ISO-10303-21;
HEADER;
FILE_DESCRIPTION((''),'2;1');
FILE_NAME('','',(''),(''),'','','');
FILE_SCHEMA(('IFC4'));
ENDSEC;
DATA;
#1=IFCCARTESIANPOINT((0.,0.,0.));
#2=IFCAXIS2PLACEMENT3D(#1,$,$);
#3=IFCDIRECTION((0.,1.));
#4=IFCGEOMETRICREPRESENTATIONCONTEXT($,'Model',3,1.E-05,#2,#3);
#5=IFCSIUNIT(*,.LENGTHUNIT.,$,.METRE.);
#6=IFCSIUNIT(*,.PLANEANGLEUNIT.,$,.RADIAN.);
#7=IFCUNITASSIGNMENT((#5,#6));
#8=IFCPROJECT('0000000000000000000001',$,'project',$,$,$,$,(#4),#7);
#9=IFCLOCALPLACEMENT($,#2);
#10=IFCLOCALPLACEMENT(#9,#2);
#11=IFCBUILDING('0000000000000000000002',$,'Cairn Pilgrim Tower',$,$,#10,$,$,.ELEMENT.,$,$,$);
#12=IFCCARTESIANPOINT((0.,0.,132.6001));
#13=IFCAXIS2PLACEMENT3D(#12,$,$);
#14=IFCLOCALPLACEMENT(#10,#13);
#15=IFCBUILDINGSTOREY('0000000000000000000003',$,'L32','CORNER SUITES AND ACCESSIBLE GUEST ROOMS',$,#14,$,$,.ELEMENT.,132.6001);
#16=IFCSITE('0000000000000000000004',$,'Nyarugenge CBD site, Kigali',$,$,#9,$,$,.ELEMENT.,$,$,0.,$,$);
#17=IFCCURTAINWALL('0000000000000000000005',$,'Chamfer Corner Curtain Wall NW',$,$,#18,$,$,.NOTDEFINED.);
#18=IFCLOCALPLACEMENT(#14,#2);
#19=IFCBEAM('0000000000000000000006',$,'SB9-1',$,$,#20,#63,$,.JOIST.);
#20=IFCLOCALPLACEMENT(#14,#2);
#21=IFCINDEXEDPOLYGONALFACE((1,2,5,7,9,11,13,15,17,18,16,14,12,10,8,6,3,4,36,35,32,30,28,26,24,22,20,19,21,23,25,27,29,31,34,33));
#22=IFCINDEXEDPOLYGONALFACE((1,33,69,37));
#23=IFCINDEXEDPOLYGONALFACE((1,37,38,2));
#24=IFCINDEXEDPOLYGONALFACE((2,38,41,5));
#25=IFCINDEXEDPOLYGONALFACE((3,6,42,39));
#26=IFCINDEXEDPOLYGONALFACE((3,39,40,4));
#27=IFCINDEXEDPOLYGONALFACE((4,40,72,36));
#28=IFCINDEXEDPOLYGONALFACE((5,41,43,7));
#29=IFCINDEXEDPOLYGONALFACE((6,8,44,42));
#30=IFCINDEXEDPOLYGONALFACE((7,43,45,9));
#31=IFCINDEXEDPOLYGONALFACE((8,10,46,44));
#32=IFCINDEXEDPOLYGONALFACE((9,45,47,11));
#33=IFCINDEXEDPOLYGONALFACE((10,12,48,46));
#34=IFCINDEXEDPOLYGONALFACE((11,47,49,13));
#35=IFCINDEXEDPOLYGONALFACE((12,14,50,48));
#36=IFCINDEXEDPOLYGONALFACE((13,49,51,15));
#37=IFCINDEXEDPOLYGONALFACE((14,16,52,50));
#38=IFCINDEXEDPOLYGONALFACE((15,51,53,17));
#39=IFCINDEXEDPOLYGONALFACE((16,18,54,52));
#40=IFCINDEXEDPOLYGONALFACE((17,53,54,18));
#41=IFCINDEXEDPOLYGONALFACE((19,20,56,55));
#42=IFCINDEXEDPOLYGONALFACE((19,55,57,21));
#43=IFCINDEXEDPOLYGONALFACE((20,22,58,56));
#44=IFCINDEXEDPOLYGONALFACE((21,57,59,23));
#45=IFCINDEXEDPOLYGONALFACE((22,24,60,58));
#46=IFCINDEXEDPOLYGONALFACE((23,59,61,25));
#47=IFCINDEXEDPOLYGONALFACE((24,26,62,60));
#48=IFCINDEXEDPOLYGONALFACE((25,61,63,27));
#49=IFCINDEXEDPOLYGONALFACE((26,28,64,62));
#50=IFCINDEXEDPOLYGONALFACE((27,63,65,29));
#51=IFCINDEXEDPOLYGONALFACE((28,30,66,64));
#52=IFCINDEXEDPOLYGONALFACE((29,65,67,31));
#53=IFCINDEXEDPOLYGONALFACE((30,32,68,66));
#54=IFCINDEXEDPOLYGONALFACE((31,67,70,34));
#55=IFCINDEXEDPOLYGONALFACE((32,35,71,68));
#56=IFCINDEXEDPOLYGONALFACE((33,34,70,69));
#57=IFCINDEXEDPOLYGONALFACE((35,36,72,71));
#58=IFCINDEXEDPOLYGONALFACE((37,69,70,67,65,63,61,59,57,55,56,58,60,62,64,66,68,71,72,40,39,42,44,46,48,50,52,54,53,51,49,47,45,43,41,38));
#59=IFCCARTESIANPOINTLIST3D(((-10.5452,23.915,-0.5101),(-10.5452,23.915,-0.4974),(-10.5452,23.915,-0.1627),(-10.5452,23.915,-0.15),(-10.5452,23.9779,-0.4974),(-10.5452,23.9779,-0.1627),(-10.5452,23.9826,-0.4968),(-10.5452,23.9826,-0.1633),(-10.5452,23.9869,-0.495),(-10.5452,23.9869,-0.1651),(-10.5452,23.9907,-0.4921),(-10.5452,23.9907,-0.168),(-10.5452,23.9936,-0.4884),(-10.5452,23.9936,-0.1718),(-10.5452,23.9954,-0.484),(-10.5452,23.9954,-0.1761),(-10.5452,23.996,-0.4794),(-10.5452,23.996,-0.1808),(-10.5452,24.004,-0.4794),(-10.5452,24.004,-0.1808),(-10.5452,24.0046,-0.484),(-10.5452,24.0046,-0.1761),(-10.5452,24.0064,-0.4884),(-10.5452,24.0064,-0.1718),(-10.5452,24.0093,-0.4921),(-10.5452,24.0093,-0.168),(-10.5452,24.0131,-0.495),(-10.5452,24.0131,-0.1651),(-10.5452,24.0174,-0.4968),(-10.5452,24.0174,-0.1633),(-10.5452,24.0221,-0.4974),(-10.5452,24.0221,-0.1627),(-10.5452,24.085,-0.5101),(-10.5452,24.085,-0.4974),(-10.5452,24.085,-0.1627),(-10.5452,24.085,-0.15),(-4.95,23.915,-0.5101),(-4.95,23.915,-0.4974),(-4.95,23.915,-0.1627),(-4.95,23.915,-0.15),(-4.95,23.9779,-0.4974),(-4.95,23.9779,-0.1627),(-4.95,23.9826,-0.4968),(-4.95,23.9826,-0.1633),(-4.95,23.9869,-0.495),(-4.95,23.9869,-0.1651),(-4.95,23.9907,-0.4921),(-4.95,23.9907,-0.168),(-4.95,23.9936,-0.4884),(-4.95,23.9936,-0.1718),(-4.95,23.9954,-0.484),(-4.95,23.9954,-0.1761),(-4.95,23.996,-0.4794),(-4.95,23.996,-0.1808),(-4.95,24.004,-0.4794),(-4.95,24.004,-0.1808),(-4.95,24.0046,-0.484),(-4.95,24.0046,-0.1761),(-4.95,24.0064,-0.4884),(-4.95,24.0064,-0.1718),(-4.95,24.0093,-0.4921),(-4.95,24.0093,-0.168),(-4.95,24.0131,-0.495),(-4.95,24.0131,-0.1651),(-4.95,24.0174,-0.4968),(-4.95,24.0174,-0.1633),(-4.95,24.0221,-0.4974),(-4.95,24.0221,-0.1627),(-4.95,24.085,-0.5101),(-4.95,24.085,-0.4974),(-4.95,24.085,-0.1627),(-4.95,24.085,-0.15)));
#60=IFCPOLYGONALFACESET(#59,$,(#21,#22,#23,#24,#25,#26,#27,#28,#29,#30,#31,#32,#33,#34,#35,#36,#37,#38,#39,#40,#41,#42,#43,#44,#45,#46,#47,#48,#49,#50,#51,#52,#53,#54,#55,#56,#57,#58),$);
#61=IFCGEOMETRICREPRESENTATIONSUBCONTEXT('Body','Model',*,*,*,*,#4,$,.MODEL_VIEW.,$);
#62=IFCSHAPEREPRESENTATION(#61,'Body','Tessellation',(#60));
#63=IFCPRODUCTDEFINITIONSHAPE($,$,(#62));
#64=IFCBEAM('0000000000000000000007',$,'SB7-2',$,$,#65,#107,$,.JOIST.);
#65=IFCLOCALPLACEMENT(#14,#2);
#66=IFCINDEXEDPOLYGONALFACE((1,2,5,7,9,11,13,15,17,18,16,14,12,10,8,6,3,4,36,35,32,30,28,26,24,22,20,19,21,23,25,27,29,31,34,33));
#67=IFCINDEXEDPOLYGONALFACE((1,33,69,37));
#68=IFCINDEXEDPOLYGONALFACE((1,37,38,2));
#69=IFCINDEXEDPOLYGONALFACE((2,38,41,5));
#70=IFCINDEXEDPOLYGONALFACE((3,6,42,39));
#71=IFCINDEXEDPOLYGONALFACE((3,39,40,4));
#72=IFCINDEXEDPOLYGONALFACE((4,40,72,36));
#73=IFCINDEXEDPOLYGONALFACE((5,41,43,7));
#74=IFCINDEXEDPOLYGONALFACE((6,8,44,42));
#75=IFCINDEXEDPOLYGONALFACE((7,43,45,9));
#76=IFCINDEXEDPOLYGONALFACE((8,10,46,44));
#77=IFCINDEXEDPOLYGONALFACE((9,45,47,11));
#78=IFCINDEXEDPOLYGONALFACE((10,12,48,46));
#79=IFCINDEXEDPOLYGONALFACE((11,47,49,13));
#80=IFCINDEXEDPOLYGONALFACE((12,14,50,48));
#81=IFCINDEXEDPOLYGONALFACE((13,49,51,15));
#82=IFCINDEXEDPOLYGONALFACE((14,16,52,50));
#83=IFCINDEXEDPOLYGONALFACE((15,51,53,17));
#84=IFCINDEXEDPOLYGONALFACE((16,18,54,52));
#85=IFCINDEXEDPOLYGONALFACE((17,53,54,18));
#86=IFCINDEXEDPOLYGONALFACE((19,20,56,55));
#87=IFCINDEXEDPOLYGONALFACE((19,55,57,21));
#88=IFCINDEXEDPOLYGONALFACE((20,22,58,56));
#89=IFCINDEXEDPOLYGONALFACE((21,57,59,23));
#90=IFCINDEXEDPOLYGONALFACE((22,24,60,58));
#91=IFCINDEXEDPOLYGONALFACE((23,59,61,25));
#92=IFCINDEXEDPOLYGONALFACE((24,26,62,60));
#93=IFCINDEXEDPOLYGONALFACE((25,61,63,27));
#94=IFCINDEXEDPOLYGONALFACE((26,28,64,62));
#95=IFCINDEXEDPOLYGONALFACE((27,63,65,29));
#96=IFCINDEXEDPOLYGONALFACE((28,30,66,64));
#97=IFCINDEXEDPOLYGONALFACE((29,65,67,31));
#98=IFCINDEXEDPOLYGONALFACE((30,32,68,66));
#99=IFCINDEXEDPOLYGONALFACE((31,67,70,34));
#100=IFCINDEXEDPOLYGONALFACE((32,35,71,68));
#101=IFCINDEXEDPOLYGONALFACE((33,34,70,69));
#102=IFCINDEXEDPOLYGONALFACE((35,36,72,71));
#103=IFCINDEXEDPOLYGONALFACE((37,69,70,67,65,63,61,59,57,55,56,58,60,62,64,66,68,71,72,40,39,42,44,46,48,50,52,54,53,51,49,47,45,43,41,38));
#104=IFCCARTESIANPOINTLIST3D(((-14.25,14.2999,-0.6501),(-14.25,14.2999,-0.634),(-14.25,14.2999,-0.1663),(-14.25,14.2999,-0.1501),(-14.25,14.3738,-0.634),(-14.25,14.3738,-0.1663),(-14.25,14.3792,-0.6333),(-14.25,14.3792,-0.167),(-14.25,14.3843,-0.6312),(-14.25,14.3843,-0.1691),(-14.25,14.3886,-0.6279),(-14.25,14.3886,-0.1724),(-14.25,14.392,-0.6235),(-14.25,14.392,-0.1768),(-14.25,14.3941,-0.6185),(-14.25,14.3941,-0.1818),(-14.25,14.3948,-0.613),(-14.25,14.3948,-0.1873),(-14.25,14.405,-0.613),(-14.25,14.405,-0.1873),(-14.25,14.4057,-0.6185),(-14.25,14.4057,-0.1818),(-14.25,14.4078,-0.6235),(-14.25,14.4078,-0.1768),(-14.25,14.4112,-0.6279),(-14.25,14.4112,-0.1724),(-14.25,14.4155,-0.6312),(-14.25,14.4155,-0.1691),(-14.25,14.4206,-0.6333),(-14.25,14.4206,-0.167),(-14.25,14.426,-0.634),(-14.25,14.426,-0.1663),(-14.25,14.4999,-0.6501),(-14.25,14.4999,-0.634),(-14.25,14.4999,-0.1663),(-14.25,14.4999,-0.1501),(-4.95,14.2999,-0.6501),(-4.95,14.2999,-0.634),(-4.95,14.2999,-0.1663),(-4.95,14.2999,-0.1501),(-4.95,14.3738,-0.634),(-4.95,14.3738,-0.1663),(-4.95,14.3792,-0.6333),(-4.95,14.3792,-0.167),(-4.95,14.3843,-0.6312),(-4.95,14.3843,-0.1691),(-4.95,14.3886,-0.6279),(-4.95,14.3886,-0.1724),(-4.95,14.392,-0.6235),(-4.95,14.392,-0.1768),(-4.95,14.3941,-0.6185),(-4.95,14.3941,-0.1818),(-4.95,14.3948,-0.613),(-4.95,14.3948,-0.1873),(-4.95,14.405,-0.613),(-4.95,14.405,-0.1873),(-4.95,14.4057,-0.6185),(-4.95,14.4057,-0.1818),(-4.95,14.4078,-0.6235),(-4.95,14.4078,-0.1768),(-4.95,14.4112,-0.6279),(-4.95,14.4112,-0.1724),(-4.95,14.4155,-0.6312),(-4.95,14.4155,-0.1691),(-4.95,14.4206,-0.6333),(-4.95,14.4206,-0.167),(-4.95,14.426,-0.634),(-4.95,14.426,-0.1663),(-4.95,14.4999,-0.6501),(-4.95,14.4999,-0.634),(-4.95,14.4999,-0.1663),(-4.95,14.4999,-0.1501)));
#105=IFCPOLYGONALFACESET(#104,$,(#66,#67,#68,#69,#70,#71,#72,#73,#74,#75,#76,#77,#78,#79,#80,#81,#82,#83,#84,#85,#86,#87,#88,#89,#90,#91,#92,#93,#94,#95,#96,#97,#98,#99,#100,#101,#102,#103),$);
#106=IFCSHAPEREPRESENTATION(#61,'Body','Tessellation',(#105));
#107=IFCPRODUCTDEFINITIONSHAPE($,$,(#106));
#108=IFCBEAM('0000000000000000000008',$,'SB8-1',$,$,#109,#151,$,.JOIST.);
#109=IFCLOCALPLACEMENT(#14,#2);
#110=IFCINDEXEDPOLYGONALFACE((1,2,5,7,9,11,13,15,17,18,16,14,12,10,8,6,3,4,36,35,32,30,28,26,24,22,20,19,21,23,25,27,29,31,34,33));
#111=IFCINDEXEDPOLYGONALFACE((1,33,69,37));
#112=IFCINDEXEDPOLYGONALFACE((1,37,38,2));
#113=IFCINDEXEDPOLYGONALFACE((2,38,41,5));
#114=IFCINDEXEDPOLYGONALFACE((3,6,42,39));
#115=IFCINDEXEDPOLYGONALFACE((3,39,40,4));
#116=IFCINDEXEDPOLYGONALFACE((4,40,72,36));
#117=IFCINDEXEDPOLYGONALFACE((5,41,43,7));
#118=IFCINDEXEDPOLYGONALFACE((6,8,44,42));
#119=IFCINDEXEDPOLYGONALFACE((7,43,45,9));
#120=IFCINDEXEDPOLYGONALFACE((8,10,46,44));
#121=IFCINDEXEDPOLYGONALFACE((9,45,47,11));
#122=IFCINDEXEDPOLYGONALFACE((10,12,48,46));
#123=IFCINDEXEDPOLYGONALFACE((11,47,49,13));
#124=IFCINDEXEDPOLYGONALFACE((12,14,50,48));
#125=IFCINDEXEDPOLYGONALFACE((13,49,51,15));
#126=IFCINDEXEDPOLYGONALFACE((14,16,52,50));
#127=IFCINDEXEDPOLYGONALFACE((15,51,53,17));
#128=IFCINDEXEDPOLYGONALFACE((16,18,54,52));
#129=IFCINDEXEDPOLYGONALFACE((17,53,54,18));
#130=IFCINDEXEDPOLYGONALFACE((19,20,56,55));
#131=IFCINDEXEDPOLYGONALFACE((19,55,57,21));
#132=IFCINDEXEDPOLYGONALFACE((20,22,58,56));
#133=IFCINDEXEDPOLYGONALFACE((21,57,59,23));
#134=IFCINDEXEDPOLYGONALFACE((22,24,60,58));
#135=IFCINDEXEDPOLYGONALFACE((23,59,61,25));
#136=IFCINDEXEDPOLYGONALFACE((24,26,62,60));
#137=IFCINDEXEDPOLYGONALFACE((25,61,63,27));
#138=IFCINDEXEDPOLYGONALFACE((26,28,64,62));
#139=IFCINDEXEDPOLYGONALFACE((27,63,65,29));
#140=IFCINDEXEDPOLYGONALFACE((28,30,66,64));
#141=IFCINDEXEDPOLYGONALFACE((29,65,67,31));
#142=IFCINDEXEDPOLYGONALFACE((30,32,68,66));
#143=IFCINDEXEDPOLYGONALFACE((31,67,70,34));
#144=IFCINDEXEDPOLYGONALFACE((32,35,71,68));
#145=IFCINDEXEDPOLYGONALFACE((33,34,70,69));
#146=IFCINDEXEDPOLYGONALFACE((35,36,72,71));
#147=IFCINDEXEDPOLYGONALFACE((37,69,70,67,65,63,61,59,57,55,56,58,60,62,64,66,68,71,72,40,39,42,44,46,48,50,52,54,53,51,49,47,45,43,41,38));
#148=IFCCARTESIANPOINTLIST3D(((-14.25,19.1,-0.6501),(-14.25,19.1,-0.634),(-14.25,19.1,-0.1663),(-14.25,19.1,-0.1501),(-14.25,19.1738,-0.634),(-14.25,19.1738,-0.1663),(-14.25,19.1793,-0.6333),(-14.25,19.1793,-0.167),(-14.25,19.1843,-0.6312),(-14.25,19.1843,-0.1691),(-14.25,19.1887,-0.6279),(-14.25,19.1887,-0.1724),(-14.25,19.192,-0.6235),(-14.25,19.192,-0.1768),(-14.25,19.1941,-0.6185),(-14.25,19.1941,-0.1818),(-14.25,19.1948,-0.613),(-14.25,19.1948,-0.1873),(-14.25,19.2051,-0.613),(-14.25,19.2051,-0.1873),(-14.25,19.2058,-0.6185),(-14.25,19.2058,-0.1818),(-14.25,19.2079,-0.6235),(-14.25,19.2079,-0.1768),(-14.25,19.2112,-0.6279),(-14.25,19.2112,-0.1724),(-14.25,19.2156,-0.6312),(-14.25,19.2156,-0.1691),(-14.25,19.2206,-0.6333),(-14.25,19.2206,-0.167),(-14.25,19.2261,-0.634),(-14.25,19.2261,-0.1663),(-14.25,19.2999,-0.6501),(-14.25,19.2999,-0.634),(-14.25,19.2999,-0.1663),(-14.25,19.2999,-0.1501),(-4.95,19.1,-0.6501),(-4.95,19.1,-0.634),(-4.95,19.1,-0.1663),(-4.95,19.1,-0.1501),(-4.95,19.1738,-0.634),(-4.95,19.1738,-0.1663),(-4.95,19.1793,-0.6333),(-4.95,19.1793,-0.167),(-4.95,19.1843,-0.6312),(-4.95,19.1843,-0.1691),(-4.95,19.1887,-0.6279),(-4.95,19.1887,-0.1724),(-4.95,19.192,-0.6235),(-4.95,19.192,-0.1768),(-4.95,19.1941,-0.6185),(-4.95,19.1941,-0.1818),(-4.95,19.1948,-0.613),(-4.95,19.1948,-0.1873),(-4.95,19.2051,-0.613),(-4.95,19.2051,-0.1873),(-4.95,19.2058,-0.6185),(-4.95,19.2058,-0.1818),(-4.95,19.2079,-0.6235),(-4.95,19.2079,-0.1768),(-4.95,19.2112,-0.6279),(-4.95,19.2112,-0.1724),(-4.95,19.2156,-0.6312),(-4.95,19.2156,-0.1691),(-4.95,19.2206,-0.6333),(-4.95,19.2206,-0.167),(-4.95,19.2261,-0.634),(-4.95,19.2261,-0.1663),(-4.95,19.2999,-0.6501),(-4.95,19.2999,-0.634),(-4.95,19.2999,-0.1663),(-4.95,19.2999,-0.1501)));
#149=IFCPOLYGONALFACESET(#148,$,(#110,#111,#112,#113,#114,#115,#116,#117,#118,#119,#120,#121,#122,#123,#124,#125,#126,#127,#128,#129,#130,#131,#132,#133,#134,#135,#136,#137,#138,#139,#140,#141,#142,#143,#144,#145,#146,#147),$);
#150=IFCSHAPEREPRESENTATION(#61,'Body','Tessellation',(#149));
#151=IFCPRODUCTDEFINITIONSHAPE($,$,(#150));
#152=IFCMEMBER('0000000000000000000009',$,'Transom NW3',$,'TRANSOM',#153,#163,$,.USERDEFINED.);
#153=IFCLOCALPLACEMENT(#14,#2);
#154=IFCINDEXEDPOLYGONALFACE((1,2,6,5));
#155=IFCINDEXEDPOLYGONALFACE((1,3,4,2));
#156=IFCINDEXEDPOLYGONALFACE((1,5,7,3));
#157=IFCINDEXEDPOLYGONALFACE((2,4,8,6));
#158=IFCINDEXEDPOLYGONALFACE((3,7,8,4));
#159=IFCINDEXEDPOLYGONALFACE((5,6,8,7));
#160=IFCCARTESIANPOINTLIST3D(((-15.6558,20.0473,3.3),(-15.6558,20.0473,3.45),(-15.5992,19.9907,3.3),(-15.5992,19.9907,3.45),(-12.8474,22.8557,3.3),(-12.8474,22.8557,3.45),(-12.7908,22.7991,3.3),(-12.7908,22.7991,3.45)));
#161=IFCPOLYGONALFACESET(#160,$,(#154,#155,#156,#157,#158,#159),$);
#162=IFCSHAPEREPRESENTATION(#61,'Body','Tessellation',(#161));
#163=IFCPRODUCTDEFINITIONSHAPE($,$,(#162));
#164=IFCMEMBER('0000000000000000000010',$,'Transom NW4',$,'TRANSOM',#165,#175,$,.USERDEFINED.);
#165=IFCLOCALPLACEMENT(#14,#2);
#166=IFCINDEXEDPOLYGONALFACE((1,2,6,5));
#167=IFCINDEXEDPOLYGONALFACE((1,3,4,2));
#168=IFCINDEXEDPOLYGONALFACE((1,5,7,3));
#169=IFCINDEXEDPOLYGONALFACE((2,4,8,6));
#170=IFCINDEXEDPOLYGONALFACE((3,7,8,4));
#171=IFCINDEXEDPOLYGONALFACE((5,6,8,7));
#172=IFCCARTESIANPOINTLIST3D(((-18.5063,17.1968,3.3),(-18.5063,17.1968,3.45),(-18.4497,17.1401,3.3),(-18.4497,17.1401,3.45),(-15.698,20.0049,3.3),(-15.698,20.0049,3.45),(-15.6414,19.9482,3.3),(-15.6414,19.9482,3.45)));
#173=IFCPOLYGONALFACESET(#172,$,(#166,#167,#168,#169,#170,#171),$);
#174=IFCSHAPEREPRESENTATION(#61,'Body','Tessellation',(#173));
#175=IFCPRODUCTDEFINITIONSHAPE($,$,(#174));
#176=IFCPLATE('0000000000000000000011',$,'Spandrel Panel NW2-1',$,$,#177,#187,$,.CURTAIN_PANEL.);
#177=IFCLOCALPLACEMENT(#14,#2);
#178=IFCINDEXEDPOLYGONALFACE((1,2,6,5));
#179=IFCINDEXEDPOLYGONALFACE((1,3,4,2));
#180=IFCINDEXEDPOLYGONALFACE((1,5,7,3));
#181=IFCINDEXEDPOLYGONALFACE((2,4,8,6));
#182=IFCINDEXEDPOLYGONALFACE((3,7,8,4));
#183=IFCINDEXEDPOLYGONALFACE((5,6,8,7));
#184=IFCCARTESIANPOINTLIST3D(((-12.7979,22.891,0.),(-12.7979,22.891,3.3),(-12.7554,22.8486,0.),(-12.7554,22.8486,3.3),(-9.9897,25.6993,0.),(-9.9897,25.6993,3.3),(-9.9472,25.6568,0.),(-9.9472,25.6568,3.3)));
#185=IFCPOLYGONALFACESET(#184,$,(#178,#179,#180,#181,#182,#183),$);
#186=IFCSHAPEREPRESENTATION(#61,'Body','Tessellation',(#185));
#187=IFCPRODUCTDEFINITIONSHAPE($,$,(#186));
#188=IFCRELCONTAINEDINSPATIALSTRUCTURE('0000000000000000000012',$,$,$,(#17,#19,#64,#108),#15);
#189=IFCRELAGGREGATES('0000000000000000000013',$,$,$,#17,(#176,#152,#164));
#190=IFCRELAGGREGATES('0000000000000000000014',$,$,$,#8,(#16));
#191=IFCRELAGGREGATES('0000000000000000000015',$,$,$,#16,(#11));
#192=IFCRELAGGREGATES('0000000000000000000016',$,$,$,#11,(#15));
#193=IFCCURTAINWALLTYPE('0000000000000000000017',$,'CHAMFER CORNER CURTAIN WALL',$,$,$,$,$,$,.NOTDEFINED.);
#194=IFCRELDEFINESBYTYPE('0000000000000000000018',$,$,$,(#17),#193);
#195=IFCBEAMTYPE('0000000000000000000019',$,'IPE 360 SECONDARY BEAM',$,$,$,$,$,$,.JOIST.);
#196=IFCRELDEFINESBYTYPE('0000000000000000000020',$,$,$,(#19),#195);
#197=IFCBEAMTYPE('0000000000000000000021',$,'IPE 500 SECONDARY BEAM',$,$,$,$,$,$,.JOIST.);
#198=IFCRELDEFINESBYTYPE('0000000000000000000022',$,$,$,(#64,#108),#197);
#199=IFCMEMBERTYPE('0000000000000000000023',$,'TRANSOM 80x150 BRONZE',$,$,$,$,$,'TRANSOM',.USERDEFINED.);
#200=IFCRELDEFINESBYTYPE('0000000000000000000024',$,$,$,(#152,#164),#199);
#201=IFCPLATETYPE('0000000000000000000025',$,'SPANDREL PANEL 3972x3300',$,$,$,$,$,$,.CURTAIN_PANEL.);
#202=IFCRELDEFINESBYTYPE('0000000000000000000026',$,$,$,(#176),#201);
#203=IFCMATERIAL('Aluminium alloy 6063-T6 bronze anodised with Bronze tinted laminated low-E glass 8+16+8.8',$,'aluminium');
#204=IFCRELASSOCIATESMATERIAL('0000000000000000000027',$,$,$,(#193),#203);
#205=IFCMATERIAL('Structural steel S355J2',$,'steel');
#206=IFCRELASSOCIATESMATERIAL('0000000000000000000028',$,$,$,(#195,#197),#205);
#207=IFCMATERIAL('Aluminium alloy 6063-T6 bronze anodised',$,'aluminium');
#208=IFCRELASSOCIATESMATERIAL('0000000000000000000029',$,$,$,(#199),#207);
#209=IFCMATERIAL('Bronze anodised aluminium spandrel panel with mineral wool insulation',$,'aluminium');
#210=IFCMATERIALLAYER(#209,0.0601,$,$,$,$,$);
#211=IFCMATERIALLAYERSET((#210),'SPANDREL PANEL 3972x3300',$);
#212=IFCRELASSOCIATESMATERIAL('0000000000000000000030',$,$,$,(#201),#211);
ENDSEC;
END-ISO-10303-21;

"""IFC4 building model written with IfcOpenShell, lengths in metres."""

from ifc_helpers import new_model, si_unit, direction, frame, origin, origin_2d, place, context, subcontext, project, spatial, rectangle, i_section, extrude, material, layer, layer_set, material_profile, profile_set, type_object, element, aggregate, save


model = new_model("IFC4")

# Units and contexts
model_context = context("Model", 3, precision=1e-05, world=origin(), true_north=direction((0.0, 1.0)))
body_context = subcontext(model_context, "Body", "Model", "MODEL_VIEW")
ifc_project = project(units=[si_unit("LENGTHUNIT", "METRE"), si_unit("PLANEANGLEUNIT", "RADIAN")], contexts=[model_context])

# Site, building, storey
site_placement = place(None, origin())
site = spatial("IfcSite", under=ifc_project, at=site_placement, Name="Nyarugenge CBD site, Kigali", CompositionType="ELEMENT", RefElevation=0.0)
building_placement = place(site_placement, origin())
building = spatial("IfcBuilding", under=site, at=building_placement, Name="Cairn Pilgrim Tower", CompositionType="ELEMENT")
storey_placement = place(building_placement, frame((0.0, 0.0, 132.6001)))
storey = spatial("IfcBuildingStorey", under=building, at=storey_placement, Name="L32", Description="CORNER SUITES AND ACCESSIBLE GUEST ROOMS", CompositionType="ELEMENT", Elevation=132.6001)

# Shared definitions
ifc_material_1 = material(Name="Structural steel S355J2", Category="steel")

# Curtain wall
ifc_material_2 = material(Name="Aluminium alloy 6063-T6 bronze anodised with Bronze tinted laminated low-E glass 8+16+8.8", Category="aluminium")
curtain_wall_type_1 = type_object("IfcCurtainWallType", Name="CHAMFER CORNER CURTAIN WALL", PredefinedType="NOTDEFINED", material=ifc_material_2)
curtain_wall_1_placement = place(storey_placement, origin())
curtain_wall_1 = element("IfcCurtainWall", 1, at=curtain_wall_1_placement, inside=storey, type_object=curtain_wall_type_1, Name="Chamfer Corner Curtain Wall NW", PredefinedType="NOTDEFINED")
ifc_material_3 = material(Name="Aluminium alloy 6063-T6 bronze anodised", Category="aluminium")

# Beams
ifc_material_profile_1 = material_profile(ifc_material_1, i_section(OverallWidth=0.1699, OverallDepth=0.3601, WebThickness=0.0081, FlangeThickness=0.0127, FilletRadius=0.0181, at=origin_2d()), Name="IPE 360")
ifc_profile_set_1 = profile_set([ifc_material_profile_1], Name="Structural steel S355J2")
beam_type_1 = type_object("IfcBeamType", Name="IPE 360 SECONDARY BEAM", PredefinedType="JOIST", material=ifc_profile_set_1)
beam_1_placement = place(storey_placement, frame((-10.5452, 24.0, -0.3301), z_axis=(1.0, 0.0, 0.0), x_axis=(0.0, 1.0, 0.0)))
element("IfcBeam", 2, at=beam_1_placement, inside=storey, type_object=beam_type_1, Name="SB9-1", PredefinedType="JOIST", context=body_context, shape_type="SweptSolid", body=[
    extrude(i_section(OverallWidth=0.1699, OverallDepth=0.3601, WebThickness=0.0081, FlangeThickness=0.0127, FilletRadius=0.0181, at=origin_2d()), origin(), (0.0, 0.0, 1.0), 5.5952),
])
ifc_material_profile_2 = material_profile(ifc_material_1, i_section(OverallWidth=0.2, OverallDepth=0.5, WebThickness=0.0103, FlangeThickness=0.0161, FilletRadius=0.021, at=origin_2d()), Name="IPE 500")
ifc_profile_set_2 = profile_set([ifc_material_profile_2], Name="Structural steel S355J2")
beam_type_2 = type_object("IfcBeamType", Name="IPE 500 SECONDARY BEAM", PredefinedType="JOIST", material=ifc_profile_set_2)
for number, where, z_axis, x_axis, name in (
    (3, (-14.25, 14.3999, -0.4001), (1.0, 0.0, 0.0), (0.0, 1.0, 0.0), "SB7-2"),
    (4, (-14.25, 19.2, -0.4001), (1.0, 0.0, 0.0), (0.0, 1.0, 0.0), "SB8-1"),
):
    element("IfcBeam", number, at=place(storey_placement, frame(where, z_axis=z_axis, x_axis=x_axis)), inside=storey, type_object=beam_type_2, Name=name, PredefinedType="JOIST", context=body_context, shape_type="SweptSolid", body=[
        extrude(i_section(OverallWidth=0.2, OverallDepth=0.5, WebThickness=0.0103, FlangeThickness=0.0161, FilletRadius=0.021, at=origin_2d()), origin(), (0.0, 0.0, 1.0), 9.3),
    ])

# Members
ifc_material_profile_3 = material_profile(ifc_material_3, rectangle(XDim=0.0801, YDim=0.1499, at=origin_2d()), Name="TRANSOM 80x150 BRONZE")
ifc_profile_set_3 = profile_set([ifc_material_profile_3], Name="Aluminium alloy 6063-T6 bronze anodised")
member_type_1 = type_object("IfcMemberType", Name="TRANSOM 80x150 BRONZE", ElementType="TRANSOM", PredefinedType="USERDEFINED", material=ifc_profile_set_3)
member_1_placement = place(storey_placement, frame((-12.8191, 22.8274, 3.375), z_axis=(-0.707107, -0.707107, 0.0), x_axis=(0.707107, -0.707107, 0.0)))
member_1 = element("IfcMember", 5, at=member_1_placement, type_object=member_type_1, Name="Transom NW3", ObjectType="TRANSOM", PredefinedType="USERDEFINED", context=body_context, shape_type="SweptSolid", body=[
    extrude(rectangle(XDim=0.0801, YDim=0.1499, at=origin_2d()), origin(), (0.0, 0.0, 1.0), 3.9717),
])
member_2_placement = place(storey_placement, frame((-15.6697, 19.9766, 3.375), z_axis=(-0.707138, -0.707076, 0.0), x_axis=(0.707076, -0.707138, 0.0)))
member_2 = element("IfcMember", 6, at=member_2_placement, type_object=member_type_1, Name="Transom NW4", ObjectType="TRANSOM", PredefinedType="USERDEFINED", context=body_context, shape_type="SweptSolid", body=[
    extrude(rectangle(XDim=0.0801, YDim=0.1499, at=origin_2d()), origin(), (0.0, 0.0, 1.0), 3.9714),
])

# Plate
ifc_material_4 = material(Name="Bronze anodised aluminium spandrel panel with mineral wool insulation", Category="aluminium")
ifc_layer_1 = layer(ifc_material_4, 0.0601)
ifc_layer_set_1 = layer_set([ifc_layer_1], Name="SPANDREL PANEL 3972x3300")
plate_type = type_object("IfcPlateType", Name="SPANDREL PANEL 3972x3300", PredefinedType="CURTAIN_PANEL", material=ifc_layer_set_1)
plate_1_placement = place(storey_placement, frame((-11.3726, 24.2739, 0.0), z_axis=(0.0, 0.0, 1.0), x_axis=(-0.707107, -0.707107, 0.0)))
plate_1 = element("IfcPlate", 7, at=plate_1_placement, type_object=plate_type, Name="Spandrel Panel NW2-1", PredefinedType="CURTAIN_PANEL", context=body_context, shape_type="SweptSolid", body=[
    extrude(rectangle(XDim=3.9714, YDim=0.0601, at=origin_2d()), origin(), (0.0, 0.0, 1.0), 3.3),
])
aggregate(curtain_wall_1, [plate_1, member_1, member_2])

save(model, "model.ifc")
